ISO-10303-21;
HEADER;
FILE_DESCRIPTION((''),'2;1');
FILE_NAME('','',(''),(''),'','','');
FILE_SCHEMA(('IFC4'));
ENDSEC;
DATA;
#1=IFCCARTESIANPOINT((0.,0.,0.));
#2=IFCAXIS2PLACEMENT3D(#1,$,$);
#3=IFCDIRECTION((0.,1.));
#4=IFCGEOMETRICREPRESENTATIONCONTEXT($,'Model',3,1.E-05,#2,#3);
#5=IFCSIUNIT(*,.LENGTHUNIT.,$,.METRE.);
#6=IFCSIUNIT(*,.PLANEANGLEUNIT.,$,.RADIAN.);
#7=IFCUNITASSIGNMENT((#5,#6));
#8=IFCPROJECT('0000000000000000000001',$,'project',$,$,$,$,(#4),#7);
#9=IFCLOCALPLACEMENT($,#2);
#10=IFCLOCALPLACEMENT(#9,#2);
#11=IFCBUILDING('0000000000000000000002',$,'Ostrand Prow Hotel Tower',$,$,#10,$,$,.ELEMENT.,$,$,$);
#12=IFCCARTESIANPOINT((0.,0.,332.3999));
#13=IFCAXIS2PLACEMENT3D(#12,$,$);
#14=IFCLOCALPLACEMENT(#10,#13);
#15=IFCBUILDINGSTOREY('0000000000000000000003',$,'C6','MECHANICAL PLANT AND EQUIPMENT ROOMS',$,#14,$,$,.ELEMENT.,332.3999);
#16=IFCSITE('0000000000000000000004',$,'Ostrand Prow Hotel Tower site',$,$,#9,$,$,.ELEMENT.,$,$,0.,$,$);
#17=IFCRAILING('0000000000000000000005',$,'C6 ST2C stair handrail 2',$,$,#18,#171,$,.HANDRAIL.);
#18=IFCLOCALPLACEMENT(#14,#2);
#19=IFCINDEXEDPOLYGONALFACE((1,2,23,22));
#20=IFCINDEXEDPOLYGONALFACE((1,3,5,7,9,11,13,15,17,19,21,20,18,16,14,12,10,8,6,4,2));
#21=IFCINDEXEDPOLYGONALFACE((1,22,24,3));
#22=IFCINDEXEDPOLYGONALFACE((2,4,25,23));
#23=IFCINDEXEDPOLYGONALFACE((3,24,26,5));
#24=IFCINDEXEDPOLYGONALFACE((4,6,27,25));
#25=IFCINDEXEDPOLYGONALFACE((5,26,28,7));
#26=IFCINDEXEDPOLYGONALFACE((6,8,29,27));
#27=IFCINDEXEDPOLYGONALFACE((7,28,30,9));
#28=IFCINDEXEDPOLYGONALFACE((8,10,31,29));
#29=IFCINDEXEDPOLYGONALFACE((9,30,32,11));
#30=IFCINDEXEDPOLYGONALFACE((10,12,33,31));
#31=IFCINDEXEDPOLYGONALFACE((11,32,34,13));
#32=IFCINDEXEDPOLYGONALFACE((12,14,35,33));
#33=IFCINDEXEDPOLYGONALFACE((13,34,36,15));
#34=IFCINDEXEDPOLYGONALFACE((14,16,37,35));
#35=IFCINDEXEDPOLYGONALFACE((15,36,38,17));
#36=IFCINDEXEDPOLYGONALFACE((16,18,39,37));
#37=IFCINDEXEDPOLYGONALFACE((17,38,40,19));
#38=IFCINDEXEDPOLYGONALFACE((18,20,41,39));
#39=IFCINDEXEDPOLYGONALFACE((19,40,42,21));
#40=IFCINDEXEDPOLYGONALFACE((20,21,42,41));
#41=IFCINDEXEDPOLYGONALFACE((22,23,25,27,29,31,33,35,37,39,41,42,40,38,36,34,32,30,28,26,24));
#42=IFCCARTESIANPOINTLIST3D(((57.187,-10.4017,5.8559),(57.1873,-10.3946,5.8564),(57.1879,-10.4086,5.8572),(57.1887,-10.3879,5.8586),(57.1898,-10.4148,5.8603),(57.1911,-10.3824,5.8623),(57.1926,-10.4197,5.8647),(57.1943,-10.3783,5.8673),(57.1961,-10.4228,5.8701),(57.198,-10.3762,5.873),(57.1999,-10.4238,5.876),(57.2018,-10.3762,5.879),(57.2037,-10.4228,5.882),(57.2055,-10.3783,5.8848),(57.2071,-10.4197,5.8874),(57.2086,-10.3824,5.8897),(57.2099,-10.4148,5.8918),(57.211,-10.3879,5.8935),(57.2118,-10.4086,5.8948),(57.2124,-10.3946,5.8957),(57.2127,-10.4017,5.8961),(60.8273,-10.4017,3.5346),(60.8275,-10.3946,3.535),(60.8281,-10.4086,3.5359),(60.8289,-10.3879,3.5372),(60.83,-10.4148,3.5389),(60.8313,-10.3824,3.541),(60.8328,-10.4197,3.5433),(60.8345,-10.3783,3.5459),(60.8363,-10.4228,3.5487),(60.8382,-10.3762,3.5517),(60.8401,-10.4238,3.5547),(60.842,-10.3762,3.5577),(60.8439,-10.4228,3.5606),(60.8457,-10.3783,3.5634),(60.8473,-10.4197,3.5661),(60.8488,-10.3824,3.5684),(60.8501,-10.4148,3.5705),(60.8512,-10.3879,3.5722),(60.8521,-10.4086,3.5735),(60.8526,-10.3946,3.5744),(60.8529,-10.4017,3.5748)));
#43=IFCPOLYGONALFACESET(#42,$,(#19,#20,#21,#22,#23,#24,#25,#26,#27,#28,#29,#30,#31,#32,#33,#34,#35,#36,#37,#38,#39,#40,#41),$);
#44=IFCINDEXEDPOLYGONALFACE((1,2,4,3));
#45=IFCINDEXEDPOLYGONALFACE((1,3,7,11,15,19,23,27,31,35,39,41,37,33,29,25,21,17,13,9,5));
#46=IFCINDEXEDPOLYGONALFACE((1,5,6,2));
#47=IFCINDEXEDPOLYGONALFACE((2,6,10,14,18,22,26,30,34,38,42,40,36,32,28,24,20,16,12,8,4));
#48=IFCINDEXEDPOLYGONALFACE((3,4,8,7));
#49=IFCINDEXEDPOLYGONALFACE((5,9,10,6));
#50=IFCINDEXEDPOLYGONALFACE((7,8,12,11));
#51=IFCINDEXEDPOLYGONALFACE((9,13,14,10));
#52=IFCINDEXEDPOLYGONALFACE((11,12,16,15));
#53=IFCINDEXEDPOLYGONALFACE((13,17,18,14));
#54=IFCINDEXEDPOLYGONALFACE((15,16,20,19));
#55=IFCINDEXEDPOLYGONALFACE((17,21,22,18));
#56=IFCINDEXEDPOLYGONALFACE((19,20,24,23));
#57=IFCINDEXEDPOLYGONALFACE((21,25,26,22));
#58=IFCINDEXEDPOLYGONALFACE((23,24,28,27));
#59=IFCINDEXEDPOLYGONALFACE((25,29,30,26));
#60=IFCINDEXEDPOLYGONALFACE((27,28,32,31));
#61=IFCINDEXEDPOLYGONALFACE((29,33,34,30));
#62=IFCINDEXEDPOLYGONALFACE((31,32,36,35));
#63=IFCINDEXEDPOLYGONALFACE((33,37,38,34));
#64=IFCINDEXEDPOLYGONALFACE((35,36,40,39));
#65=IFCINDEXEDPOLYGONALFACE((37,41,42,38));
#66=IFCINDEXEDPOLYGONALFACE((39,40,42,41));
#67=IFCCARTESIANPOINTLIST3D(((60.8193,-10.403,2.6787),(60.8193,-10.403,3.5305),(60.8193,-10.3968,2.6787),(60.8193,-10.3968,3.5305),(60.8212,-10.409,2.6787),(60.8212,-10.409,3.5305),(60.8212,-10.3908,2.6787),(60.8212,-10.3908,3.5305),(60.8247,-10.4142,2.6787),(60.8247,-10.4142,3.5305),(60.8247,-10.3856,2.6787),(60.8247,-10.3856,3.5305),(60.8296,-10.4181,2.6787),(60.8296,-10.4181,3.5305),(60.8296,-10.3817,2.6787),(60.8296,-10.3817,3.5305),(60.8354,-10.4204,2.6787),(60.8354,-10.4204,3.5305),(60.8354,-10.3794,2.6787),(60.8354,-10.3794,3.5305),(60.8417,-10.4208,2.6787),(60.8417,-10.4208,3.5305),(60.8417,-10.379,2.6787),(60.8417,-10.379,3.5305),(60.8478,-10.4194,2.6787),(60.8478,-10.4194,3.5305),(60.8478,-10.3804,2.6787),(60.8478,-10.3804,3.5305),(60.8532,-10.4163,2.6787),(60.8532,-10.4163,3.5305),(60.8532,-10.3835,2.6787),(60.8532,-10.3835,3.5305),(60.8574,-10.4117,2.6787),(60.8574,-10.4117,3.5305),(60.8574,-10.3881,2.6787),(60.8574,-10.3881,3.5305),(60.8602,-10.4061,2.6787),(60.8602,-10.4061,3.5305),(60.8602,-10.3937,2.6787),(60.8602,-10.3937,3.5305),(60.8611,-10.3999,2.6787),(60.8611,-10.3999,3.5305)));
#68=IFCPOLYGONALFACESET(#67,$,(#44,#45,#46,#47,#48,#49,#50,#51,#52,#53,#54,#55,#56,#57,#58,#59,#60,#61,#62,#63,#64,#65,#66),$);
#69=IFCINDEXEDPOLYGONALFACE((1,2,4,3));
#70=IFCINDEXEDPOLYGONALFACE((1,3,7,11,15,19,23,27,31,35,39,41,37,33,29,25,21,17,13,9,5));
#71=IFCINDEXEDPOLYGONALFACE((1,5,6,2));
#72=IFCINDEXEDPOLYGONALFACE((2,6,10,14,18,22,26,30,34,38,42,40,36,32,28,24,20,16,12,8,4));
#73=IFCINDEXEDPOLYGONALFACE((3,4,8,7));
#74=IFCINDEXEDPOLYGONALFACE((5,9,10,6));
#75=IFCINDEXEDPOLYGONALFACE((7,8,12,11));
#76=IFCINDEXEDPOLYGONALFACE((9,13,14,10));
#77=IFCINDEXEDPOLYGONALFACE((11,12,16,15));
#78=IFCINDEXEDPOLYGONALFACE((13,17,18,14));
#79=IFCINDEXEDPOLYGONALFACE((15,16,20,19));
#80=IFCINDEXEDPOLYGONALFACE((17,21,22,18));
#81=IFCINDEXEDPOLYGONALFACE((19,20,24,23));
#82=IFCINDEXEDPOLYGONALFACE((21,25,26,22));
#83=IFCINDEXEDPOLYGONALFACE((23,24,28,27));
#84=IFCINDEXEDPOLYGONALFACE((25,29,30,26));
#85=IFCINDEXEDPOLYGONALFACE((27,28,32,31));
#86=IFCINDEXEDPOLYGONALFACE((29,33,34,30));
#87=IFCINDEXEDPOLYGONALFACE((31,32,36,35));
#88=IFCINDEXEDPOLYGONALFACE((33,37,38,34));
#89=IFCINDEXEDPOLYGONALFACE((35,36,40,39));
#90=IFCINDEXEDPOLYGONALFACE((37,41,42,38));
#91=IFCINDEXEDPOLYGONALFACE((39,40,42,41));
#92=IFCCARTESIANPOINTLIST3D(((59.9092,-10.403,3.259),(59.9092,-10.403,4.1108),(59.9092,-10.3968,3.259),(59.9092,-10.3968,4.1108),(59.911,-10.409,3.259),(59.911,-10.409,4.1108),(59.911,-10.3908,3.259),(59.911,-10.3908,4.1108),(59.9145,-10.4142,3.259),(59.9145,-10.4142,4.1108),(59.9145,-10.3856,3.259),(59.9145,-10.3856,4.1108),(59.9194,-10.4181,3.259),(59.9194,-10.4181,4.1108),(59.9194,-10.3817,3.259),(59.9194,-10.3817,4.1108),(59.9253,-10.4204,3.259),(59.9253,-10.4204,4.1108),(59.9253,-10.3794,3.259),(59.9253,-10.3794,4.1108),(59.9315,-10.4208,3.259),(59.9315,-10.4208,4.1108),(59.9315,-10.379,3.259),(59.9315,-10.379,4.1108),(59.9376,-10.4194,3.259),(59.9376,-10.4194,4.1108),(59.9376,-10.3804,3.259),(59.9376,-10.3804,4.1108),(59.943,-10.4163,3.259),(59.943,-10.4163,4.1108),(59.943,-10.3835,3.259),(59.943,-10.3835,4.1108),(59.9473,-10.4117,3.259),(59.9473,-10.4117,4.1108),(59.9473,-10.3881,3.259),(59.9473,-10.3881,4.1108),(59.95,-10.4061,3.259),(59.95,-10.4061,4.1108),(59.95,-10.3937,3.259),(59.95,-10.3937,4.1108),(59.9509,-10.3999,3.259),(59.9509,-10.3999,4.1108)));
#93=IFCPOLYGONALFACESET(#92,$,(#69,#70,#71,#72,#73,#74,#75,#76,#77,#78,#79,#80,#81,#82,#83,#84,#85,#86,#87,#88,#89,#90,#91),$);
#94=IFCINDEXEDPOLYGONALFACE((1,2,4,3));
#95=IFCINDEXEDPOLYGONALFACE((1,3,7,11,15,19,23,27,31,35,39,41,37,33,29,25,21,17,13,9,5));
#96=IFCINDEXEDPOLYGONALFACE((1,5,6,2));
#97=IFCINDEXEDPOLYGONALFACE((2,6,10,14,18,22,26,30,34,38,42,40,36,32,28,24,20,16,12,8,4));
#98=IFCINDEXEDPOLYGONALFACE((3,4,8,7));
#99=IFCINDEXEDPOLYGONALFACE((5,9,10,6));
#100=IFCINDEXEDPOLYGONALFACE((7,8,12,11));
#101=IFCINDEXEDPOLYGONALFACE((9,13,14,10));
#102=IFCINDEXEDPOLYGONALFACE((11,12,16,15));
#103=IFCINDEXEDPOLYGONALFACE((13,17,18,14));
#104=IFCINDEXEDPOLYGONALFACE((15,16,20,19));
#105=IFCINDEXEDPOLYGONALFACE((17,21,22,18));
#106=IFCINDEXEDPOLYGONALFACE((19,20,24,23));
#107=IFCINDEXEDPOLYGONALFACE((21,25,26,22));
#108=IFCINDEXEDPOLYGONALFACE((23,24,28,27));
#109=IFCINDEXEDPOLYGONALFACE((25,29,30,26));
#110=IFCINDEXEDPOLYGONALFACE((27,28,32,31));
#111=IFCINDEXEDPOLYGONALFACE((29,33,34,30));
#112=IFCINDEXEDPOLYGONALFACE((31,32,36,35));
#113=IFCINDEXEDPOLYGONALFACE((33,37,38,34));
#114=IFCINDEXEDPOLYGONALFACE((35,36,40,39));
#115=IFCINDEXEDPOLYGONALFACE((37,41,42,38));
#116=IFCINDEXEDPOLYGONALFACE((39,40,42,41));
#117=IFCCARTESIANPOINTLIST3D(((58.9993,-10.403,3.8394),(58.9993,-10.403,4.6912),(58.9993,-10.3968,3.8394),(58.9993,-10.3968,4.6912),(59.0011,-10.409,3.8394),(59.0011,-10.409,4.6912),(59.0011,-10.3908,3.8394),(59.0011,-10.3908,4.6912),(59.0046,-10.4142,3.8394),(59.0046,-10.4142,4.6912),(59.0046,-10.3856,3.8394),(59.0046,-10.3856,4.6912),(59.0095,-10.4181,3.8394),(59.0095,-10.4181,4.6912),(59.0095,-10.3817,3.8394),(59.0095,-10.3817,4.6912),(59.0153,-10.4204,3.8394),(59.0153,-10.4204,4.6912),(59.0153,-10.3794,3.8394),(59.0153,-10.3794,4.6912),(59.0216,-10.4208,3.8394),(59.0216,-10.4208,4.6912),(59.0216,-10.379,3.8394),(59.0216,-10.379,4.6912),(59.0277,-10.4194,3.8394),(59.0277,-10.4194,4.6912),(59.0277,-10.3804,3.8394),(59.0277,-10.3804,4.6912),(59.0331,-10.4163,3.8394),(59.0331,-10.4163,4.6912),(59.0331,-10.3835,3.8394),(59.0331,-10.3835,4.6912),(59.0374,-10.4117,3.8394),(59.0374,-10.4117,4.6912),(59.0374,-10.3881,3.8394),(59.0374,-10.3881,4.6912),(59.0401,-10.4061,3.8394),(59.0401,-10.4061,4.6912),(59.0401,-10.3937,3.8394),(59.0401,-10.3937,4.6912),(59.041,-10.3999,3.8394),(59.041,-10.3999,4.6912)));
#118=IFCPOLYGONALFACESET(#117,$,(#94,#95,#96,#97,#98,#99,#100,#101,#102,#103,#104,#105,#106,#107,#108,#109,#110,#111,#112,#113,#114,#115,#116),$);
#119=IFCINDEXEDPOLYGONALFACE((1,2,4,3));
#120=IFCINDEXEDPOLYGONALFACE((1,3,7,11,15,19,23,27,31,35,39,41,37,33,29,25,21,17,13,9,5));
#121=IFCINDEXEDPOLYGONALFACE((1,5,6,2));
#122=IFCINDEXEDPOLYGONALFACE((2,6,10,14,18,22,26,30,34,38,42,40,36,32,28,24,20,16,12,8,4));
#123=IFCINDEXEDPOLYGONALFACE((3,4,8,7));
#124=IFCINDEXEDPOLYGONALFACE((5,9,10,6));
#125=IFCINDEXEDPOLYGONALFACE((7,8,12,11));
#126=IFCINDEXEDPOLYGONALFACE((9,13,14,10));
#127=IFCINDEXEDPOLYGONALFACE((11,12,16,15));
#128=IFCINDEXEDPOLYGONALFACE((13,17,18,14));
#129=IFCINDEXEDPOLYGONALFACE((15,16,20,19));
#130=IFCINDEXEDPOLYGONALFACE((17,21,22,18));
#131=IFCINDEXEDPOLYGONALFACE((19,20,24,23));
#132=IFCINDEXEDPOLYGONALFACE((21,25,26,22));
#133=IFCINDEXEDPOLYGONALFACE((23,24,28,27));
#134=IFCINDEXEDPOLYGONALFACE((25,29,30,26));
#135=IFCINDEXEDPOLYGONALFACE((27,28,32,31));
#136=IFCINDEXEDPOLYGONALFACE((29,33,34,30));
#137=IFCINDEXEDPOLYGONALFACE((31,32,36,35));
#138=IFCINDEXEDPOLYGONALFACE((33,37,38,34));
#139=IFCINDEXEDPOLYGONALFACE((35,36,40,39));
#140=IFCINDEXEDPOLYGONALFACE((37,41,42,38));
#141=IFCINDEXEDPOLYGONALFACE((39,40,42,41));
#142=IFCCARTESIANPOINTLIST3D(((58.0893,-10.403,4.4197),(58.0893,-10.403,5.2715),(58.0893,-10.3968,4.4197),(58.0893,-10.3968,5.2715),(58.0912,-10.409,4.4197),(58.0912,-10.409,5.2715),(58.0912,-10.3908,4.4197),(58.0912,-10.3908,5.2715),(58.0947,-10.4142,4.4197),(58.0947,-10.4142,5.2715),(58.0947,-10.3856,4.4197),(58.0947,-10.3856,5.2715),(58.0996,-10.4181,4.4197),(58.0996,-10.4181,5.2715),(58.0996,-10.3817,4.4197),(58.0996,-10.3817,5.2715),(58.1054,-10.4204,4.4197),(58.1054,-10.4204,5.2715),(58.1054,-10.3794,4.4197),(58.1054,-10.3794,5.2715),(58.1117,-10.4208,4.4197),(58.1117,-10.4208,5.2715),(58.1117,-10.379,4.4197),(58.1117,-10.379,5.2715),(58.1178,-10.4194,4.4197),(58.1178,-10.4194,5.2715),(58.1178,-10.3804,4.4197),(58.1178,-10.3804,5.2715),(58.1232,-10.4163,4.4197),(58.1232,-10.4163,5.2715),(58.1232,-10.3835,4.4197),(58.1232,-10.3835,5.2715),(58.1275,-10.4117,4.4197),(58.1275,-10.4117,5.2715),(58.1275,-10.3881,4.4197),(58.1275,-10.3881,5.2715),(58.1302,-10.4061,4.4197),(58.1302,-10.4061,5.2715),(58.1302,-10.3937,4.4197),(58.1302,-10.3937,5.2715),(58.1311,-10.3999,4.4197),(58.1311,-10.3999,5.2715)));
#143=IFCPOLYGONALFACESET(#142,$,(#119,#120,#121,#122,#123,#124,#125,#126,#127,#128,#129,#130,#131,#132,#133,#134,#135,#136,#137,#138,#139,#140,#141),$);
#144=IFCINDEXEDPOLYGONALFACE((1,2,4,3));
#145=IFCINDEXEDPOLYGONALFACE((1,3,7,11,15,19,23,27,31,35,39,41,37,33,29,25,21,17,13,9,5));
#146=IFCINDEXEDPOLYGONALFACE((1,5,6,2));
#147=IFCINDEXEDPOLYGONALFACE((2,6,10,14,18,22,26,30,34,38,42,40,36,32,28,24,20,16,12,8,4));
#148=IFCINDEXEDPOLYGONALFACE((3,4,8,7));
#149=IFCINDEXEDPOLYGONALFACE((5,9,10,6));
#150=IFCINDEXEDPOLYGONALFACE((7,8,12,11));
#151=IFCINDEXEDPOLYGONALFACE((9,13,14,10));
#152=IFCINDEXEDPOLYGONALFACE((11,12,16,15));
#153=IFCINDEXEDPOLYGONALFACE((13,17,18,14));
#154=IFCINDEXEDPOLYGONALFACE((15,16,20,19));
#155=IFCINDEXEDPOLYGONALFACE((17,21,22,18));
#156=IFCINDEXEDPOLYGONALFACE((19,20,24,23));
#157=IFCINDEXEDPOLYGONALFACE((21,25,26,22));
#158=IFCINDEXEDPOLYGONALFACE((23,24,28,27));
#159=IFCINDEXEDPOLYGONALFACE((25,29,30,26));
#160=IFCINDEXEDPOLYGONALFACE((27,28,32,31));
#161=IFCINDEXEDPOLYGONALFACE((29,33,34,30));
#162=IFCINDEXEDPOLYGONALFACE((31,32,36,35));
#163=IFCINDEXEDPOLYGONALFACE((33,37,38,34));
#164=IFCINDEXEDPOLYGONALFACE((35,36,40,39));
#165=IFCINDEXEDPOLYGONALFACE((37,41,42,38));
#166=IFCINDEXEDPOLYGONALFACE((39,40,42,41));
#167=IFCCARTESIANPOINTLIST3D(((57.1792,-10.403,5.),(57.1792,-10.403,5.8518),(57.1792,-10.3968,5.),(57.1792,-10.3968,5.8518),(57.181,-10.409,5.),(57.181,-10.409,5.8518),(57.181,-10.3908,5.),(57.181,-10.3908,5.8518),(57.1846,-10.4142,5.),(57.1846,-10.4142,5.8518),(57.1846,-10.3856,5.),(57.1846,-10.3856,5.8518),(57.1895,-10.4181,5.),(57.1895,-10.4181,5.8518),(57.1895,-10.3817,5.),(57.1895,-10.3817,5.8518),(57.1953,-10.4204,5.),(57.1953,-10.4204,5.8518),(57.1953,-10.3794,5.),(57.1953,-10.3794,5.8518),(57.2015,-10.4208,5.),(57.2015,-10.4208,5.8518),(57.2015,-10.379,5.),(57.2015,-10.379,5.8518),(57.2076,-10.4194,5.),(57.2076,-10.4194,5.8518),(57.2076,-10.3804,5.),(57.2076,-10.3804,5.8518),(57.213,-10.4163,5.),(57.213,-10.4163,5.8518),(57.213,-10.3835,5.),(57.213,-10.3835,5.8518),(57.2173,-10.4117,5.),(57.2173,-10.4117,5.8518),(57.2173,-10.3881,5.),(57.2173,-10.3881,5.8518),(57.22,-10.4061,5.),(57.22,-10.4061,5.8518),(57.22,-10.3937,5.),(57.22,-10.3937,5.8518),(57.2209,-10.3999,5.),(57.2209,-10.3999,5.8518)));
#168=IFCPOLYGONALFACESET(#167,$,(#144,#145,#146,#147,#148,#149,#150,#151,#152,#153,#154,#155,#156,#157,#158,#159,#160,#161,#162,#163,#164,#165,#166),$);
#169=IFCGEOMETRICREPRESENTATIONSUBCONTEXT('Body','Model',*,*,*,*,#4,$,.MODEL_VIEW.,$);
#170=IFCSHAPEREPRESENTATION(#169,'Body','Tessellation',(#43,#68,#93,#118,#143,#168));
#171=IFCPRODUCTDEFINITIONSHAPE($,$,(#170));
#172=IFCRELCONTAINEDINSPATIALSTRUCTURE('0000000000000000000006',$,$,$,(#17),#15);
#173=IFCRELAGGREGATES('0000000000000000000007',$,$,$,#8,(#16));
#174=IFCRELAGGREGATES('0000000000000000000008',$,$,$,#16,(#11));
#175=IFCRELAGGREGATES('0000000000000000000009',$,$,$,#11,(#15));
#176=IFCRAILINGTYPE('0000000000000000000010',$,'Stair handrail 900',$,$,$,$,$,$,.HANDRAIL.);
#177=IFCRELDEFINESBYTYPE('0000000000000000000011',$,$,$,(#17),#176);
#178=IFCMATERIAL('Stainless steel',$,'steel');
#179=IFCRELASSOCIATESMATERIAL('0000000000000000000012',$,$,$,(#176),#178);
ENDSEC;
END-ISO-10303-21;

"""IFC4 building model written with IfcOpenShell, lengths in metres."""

from ifc_helpers import new_model, si_unit, direction, frame, origin, origin_2d, place, context, subcontext, project, spatial, circle, extrude, material, type_object, element, save


model = new_model("IFC4")

# Units and contexts
model_context = context("Model", 3, precision=1e-05, world=origin(), true_north=direction((0.0, 1.0)))
body_context = subcontext(model_context, "Body", "Model", "MODEL_VIEW")
ifc_project = project(units=[si_unit("LENGTHUNIT", "METRE"), si_unit("PLANEANGLEUNIT", "RADIAN")], contexts=[model_context])

# Site, building, storey
site_placement = place(None, origin())
site = spatial("IfcSite", under=ifc_project, at=site_placement, Name="Ostrand Prow Hotel Tower site", CompositionType="ELEMENT", RefElevation=0.0)
building_placement = place(site_placement, origin())
building = spatial("IfcBuilding", under=site, at=building_placement, Name="Ostrand Prow Hotel Tower", CompositionType="ELEMENT")
storey_placement = place(building_placement, frame((0.0, 0.0, 332.3999)))
storey = spatial("IfcBuildingStorey", under=building, at=storey_placement, Name="C6", Description="MECHANICAL PLANT AND EQUIPMENT ROOMS", CompositionType="ELEMENT", Elevation=332.3999)

# Railing
ifc_material_1 = material(Name="Stainless steel", Category="steel")
railing_type_1 = type_object("IfcRailingType", Name="Stair handrail 900", PredefinedType="HANDRAIL", material=ifc_material_1)
railing_1_placement = place(storey_placement, frame((60.8401, -10.3999, 2.6787)))
element("IfcRailing", 1, at=railing_1_placement, inside=storey, type_object=railing_type_1, Name="C6 ST2C stair handrail 2", PredefinedType="HANDRAIL", context=body_context, shape_type="SweptSolid", body=[
    extrude(circle(Radius=0.0239, at=origin_2d()), frame((0.0, 0.0, 0.876), z_axis=(-0.843153, 0.0, 0.537673), x_axis=(0.0, -1.0, 0.0)), (0.0, 0.0, 1.0), 4.3174),
    extrude(circle(Radius=0.021, at=origin_2d()), origin(), (0.0, 0.0, 1.0), 0.8518),
    extrude(circle(Radius=0.021, at=origin_2d()), frame((-0.9102, 0.0, 0.5803)), (0.0, 0.0, 1.0), 0.8518),
    extrude(circle(Radius=0.021, at=origin_2d()), frame((-1.8201, 0.0, 1.1606)), (0.0, 0.0, 1.0), 0.8518),
    extrude(circle(Radius=0.021, at=origin_2d()), frame((-2.73, 0.0, 1.741)), (0.0, 0.0, 1.0), 0.8518),
    extrude(circle(Radius=0.021, at=origin_2d()), frame((-3.6401, 0.0, 2.3213)), (0.0, 0.0, 1.0), 0.8518),
])

save(model, "model.ifc")
